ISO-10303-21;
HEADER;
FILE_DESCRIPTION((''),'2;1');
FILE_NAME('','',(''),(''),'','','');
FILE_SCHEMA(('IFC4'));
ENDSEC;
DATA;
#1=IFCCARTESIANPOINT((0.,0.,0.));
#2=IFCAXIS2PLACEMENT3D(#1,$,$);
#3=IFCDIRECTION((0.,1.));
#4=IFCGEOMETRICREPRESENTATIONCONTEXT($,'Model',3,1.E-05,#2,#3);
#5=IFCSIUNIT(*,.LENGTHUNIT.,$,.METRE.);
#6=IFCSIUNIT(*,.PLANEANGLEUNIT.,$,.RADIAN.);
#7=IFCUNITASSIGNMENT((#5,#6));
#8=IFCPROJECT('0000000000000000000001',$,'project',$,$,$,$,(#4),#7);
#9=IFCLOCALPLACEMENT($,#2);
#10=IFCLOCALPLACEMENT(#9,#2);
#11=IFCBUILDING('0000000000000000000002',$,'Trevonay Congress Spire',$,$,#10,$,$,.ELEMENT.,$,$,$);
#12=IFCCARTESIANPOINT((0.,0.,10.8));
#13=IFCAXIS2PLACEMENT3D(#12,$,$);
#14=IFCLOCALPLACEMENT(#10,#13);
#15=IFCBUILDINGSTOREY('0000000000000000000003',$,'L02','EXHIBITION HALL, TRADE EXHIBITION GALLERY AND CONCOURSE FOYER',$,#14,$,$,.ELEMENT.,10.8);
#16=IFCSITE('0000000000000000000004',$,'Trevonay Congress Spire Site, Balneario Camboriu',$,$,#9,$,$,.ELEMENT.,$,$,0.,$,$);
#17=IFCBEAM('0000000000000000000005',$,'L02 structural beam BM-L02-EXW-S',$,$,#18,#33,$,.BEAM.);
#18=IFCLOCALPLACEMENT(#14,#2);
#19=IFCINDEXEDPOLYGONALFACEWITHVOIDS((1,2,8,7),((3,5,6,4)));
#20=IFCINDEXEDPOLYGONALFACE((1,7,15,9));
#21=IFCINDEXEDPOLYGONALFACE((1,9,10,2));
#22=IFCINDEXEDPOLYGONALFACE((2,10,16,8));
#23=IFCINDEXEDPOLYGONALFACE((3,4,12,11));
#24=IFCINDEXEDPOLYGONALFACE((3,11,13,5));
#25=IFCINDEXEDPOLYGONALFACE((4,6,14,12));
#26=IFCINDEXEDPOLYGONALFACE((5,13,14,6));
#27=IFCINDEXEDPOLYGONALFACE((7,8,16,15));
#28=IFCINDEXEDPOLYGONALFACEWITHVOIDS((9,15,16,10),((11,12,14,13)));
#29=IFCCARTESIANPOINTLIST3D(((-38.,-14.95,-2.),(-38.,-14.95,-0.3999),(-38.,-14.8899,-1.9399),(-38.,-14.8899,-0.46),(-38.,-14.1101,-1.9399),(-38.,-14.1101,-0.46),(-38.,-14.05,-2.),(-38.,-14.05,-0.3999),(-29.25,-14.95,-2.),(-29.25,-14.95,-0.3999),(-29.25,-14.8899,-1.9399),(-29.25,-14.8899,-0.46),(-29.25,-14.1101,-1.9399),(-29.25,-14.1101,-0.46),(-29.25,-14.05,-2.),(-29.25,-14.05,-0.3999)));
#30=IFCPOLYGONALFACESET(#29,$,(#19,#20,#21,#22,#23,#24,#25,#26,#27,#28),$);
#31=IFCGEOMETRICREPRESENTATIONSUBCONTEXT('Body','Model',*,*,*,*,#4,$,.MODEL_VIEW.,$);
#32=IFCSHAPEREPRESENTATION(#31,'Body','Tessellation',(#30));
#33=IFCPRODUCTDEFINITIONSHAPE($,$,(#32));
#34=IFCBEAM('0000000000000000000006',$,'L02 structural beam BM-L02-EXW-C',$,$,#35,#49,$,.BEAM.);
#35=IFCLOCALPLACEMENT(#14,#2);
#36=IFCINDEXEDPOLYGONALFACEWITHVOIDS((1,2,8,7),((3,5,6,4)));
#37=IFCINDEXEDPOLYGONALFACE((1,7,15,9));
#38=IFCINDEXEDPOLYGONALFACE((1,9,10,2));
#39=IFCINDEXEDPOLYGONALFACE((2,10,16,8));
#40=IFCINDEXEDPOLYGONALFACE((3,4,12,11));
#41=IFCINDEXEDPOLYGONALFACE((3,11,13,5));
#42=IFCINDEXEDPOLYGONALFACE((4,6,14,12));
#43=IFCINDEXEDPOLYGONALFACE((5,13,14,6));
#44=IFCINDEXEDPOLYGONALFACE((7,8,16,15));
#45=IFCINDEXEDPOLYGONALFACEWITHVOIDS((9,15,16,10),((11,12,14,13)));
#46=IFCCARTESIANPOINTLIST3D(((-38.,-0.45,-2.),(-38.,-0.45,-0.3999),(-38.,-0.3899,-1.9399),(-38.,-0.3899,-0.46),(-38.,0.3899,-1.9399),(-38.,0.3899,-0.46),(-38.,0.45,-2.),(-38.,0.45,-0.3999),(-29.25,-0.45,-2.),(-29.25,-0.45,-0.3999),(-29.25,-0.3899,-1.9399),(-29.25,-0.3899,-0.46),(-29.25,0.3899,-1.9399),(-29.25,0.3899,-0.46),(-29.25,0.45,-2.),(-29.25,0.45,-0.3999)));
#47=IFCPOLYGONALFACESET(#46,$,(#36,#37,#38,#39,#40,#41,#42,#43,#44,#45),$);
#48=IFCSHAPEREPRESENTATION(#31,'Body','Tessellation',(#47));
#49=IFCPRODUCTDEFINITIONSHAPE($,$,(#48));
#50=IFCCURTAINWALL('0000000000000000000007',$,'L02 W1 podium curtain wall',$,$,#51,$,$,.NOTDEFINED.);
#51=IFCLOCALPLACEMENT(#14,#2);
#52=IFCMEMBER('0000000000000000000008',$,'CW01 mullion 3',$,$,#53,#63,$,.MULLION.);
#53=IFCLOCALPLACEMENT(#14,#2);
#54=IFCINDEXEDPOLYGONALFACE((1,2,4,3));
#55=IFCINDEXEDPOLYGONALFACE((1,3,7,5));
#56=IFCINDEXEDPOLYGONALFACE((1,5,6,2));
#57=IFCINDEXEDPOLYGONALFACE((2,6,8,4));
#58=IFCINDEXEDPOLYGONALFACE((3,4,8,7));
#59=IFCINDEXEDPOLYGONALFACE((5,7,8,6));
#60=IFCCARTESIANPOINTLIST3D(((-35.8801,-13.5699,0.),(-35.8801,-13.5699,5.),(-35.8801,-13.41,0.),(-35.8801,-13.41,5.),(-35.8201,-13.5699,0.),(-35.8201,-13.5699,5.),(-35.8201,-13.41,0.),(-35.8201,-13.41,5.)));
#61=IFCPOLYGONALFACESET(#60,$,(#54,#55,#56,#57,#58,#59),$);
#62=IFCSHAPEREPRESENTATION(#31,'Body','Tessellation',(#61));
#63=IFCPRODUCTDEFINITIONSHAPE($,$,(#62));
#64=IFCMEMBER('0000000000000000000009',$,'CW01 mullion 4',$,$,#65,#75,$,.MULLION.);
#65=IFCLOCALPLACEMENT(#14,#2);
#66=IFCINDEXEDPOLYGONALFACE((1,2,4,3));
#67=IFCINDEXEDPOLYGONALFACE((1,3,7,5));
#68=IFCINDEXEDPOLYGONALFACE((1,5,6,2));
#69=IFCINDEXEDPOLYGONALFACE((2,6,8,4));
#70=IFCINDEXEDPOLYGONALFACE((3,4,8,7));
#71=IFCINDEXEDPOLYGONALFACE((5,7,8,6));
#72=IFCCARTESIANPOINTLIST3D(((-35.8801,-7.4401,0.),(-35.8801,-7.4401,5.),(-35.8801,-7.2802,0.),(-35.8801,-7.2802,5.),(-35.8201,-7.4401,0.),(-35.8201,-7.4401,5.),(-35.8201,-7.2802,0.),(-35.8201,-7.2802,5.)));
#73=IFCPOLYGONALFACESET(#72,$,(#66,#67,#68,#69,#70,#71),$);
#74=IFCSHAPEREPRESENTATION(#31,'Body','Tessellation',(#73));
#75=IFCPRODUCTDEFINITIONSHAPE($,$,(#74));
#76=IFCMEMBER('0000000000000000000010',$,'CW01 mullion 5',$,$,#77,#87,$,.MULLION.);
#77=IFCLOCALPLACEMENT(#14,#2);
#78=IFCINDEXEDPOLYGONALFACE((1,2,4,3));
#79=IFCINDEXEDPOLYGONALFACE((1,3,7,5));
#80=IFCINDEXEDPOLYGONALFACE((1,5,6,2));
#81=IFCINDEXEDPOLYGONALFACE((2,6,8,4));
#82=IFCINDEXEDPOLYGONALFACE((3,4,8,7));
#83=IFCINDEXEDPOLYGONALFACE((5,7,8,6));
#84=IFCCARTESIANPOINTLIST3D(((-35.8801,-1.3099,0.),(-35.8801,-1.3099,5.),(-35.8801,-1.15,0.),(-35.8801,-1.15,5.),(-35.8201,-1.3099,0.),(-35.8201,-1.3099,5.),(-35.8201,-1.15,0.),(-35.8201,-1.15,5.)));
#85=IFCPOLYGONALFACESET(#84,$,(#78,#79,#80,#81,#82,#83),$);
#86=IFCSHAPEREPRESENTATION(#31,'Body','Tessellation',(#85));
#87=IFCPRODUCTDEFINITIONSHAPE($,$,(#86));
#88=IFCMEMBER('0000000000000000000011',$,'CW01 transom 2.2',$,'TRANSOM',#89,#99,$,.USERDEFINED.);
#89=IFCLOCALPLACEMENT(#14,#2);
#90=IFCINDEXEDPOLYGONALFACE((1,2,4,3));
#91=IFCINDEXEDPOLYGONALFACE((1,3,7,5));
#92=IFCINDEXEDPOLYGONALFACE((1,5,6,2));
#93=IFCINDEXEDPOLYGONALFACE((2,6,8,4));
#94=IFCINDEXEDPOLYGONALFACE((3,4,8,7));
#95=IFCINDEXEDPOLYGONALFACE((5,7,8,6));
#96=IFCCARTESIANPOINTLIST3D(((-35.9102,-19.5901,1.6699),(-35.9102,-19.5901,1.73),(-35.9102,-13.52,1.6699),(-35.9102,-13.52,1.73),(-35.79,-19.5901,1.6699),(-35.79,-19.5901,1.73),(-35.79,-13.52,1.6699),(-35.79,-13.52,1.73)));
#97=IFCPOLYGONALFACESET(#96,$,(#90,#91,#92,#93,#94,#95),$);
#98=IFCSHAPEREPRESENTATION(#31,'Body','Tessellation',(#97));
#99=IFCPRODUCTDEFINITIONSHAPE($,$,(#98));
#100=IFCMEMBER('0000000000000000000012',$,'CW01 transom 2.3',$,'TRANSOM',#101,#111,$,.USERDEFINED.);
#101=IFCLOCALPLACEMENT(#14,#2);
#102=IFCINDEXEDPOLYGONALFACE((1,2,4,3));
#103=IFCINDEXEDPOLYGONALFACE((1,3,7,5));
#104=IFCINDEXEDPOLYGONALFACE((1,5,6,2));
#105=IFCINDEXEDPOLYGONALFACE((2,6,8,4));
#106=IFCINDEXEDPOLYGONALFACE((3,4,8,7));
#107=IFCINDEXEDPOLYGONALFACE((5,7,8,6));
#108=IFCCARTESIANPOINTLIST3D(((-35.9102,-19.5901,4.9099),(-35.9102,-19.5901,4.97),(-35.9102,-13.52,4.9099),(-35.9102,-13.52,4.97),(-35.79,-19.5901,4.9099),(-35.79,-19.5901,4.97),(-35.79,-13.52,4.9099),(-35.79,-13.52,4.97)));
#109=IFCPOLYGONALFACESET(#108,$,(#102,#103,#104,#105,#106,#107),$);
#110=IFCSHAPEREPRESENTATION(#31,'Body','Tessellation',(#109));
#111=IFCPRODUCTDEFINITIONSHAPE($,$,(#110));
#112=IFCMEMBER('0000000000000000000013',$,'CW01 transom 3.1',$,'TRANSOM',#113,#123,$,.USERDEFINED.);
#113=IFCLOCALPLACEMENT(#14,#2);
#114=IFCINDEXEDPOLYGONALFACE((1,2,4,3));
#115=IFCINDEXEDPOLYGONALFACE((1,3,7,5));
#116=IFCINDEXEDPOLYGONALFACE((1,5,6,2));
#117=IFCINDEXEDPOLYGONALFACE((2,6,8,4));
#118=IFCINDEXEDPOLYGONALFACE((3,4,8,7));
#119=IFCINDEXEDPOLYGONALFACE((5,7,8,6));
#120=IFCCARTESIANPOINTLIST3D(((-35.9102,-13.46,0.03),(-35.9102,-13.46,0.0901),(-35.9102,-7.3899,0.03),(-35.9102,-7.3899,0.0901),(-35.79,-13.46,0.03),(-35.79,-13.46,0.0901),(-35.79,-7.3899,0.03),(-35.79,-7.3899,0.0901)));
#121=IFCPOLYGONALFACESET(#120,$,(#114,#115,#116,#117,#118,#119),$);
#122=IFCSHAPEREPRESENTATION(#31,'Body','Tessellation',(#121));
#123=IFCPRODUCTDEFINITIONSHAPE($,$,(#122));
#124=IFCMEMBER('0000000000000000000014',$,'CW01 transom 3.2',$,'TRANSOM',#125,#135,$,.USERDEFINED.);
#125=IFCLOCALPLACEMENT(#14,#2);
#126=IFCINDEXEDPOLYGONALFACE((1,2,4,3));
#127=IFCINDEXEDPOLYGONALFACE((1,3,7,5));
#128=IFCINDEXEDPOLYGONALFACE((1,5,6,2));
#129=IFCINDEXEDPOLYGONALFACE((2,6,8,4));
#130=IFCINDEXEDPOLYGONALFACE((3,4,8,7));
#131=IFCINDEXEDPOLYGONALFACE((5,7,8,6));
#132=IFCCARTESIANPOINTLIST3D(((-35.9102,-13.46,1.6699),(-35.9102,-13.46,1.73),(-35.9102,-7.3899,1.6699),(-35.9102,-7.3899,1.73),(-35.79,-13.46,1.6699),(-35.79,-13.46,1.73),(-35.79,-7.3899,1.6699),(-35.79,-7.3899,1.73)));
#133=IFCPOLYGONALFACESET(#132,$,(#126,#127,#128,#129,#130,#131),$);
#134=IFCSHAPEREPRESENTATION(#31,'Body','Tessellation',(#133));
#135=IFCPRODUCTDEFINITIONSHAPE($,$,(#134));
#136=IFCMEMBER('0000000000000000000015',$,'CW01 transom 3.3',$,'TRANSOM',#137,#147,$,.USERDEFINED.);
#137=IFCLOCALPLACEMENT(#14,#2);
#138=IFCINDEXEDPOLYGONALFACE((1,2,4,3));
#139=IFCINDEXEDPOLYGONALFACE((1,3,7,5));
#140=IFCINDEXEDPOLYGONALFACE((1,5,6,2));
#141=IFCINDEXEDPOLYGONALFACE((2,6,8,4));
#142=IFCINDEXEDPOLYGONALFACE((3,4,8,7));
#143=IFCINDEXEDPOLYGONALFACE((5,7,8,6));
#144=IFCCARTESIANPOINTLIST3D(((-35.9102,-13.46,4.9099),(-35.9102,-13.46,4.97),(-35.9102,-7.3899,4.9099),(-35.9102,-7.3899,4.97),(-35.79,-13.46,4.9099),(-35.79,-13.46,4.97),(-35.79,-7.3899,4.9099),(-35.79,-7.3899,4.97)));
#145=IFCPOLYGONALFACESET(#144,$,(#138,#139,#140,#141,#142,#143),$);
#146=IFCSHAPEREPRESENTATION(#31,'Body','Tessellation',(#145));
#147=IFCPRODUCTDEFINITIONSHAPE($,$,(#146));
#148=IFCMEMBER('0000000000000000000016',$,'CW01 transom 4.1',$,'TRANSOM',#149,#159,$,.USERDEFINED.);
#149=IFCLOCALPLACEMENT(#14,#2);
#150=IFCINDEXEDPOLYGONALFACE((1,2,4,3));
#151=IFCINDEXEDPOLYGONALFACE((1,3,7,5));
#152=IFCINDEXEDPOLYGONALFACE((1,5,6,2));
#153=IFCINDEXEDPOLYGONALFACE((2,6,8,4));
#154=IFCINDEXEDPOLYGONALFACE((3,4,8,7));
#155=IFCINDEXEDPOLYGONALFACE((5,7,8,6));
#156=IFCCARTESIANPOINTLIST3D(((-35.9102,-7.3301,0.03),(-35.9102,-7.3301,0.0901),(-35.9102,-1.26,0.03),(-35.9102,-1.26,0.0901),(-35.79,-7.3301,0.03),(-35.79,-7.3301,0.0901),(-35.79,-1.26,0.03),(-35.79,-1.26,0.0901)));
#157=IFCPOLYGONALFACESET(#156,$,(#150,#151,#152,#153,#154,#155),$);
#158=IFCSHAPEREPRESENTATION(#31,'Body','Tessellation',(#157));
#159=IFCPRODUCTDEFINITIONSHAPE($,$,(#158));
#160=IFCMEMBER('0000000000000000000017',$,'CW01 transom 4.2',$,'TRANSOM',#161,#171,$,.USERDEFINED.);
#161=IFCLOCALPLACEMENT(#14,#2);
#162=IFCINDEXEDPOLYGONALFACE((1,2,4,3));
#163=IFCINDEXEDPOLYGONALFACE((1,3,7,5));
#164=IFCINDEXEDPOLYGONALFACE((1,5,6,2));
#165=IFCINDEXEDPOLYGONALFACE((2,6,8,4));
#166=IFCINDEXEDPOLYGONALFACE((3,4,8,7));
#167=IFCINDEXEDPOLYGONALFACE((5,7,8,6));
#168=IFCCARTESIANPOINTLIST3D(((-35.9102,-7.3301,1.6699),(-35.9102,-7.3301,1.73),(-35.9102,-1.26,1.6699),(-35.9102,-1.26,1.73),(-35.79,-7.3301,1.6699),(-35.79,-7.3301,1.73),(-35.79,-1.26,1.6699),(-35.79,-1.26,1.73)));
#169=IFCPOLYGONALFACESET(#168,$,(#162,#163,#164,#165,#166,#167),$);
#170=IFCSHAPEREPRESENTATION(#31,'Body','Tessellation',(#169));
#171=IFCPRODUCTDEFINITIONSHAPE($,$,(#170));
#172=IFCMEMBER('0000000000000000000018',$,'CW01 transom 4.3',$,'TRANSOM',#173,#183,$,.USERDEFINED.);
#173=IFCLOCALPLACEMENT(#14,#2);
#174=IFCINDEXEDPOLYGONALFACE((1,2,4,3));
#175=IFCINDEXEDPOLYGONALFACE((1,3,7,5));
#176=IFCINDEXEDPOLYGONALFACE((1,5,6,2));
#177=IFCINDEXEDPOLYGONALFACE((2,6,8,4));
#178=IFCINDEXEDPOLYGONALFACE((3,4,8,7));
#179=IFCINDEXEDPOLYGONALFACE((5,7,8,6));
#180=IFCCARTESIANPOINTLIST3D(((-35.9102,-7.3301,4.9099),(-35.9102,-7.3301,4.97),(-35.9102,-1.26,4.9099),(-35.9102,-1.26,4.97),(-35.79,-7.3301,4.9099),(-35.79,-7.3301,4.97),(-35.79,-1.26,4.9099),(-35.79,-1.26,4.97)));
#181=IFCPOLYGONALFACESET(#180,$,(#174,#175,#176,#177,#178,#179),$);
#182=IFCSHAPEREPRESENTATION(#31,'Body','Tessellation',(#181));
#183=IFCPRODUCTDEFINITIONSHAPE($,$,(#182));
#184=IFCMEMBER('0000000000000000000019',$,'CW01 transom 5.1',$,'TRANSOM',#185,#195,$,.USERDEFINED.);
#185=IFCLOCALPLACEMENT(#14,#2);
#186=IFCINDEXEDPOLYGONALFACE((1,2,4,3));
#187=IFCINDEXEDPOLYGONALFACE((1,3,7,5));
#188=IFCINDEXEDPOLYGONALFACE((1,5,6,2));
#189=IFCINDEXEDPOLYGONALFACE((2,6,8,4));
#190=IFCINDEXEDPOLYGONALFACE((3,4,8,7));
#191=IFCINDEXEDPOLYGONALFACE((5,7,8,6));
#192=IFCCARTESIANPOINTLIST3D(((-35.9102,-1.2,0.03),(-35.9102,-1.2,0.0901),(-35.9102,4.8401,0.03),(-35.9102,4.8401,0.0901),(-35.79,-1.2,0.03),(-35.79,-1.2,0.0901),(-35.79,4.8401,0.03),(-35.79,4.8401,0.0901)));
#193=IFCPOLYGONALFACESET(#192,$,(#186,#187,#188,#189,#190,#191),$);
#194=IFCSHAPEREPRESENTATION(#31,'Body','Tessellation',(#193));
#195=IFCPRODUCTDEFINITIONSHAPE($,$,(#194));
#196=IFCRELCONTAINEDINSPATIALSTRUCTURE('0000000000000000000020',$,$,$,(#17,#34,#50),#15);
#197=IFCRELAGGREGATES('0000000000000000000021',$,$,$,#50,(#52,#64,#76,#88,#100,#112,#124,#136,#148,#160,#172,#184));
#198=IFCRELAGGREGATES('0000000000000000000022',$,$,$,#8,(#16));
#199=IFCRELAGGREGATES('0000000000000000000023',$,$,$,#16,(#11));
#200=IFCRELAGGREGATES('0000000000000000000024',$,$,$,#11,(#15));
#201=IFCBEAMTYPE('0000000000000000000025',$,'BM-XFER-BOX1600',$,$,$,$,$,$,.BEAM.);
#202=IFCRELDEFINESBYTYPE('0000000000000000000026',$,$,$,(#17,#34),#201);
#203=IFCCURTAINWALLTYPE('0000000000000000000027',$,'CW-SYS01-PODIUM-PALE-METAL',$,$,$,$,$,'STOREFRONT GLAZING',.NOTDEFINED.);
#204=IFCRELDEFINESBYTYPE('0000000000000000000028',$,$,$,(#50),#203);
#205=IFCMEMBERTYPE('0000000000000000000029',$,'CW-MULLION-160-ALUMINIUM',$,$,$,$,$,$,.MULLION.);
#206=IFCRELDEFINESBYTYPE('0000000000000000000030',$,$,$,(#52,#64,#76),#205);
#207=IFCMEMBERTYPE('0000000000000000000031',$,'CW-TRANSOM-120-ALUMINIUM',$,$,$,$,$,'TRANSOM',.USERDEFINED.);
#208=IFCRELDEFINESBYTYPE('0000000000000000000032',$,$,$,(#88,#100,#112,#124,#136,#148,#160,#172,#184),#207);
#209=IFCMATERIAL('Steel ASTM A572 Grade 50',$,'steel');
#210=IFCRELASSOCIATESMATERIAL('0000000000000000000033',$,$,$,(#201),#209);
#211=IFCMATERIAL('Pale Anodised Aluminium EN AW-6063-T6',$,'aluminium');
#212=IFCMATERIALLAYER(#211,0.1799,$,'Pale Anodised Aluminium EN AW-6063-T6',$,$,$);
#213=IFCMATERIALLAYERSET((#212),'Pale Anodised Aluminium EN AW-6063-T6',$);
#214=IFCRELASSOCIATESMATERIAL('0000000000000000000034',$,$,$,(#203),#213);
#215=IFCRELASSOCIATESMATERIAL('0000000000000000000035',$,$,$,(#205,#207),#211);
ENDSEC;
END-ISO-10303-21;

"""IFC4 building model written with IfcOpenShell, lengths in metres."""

from ifc_helpers import new_model, si_unit, direction, frame, origin, origin_2d, place, context, subcontext, project, spatial, rectangle, hollow_rectangle, extrude, material, layer, layer_set, material_profile, profile_set, type_object, element, aggregate, save


model = new_model("IFC4")

# Units and contexts
model_context = context("Model", 3, precision=1e-05, world=origin(), true_north=direction((0.0, 1.0)))
body_context = subcontext(model_context, "Body", "Model", "MODEL_VIEW")
ifc_project = project(units=[si_unit("LENGTHUNIT", "METRE"), si_unit("PLANEANGLEUNIT", "RADIAN")], contexts=[model_context])

# Site, building, storey
site_placement = place(None, origin())
site = spatial("IfcSite", under=ifc_project, at=site_placement, Name="Trevonay Congress Spire Site, Balneario Camboriu", CompositionType="ELEMENT", RefElevation=0.0)
building_placement = place(site_placement, origin())
building = spatial("IfcBuilding", under=site, at=building_placement, Name="Trevonay Congress Spire", CompositionType="ELEMENT")
storey_placement = place(building_placement, frame((0.0, 0.0, 10.8)))
storey = spatial("IfcBuildingStorey", under=building, at=storey_placement, Name="L02", Description="EXHIBITION HALL, TRADE EXHIBITION GALLERY AND CONCOURSE FOYER", CompositionType="ELEMENT", Elevation=10.8)

# Shared definitions
ifc_material_1 = material(Name="Steel ASTM A572 Grade 50", Category="steel")

# Beams
ifc_material_profile_1 = material_profile(ifc_material_1, hollow_rectangle(XDim=0.8999, YDim=1.6001, WallThickness=0.0601, at=origin_2d()), Name="BOX 1600x900x60")
ifc_profile_set_1 = profile_set([ifc_material_profile_1], Name="Steel ASTM A572 Grade 50")
beam_type_1 = type_object("IfcBeamType", Name="BM-XFER-BOX1600", PredefinedType="BEAM", material=ifc_profile_set_1)
for number, where, z_axis, x_axis, name in (
    (1, (-29.25, -14.5, -1.2), (-1.0, 0.0, 0.0), (0.0, -1.0, 0.0), "L02 structural beam BM-L02-EXW-S"),
    (2, (-29.25, 0.0, -1.2), (-1.0, 0.0, 0.0), (0.0, -1.0, 0.0), "L02 structural beam BM-L02-EXW-C"),
):
    element("IfcBeam", number, at=place(storey_placement, frame(where, z_axis=z_axis, x_axis=x_axis)), inside=storey, type_object=beam_type_1, Name=name, PredefinedType="BEAM", context=body_context, shape_type="SweptSolid", body=[
        extrude(hollow_rectangle(XDim=0.8999, YDim=1.6001, WallThickness=0.0601, at=origin_2d()), origin(), (0.0, 0.0, 1.0), 8.75),
    ])

# Curtain wall, members
ifc_material_2 = material(Name="Pale Anodised Aluminium EN AW-6063-T6", Category="aluminium")
ifc_layer_1 = layer(ifc_material_2, 0.1799, Name="Pale Anodised Aluminium EN AW-6063-T6")
ifc_layer_set_1 = layer_set([ifc_layer_1], Name="Pale Anodised Aluminium EN AW-6063-T6")
curtain_wall_type = type_object("IfcCurtainWallType", Name="CW-SYS01-PODIUM-PALE-METAL", ElementType="STOREFRONT GLAZING", PredefinedType="NOTDEFINED", material=ifc_layer_set_1)
curtain_wall_placement = place(storey_placement, origin())
curtain_wall = element("IfcCurtainWall", 3, at=curtain_wall_placement, inside=storey, type_object=curtain_wall_type, Name="L02 W1 podium curtain wall", PredefinedType="NOTDEFINED")
ifc_material_profile_2 = material_profile(ifc_material_2, rectangle(XDim=0.0601, YDim=0.1599, at=origin_2d()), Name="CW-MULLION-160-ALUMINIUM")
ifc_profile_set_2 = profile_set([ifc_material_profile_2], Name="Pale Anodised Aluminium EN AW-6063-T6")
member_type_1 = type_object("IfcMemberType", Name="CW-MULLION-160-ALUMINIUM", PredefinedType="MULLION", material=ifc_profile_set_2)
member_1_placement = place(storey_placement, frame((-35.8501, -13.49, 0.0), z_axis=(0.0, 0.0, 1.0), x_axis=(-1.0, 0.0, 0.0)))
member_1 = element("IfcMember", 4, at=member_1_placement, type_object=member_type_1, Name="CW01 mullion 3", PredefinedType="MULLION", context=body_context, shape_type="SweptSolid", body=[
    extrude(rectangle(XDim=0.0601, YDim=0.1599, at=origin_2d()), origin(), (0.0, 0.0, 1.0), 5.0),
])
member_2_placement = place(storey_placement, frame((-35.8501, -7.3601, 0.0), z_axis=(0.0, 0.0, 1.0), x_axis=(-1.0, 0.0, 0.0)))
member_2 = element("IfcMember", 5, at=member_2_placement, type_object=member_type_1, Name="CW01 mullion 4", PredefinedType="MULLION", context=body_context, shape_type="SweptSolid", body=[
    extrude(rectangle(XDim=0.0601, YDim=0.1599, at=origin_2d()), origin(), (0.0, 0.0, 1.0), 5.0),
])
member_3_placement = place(storey_placement, frame((-35.8501, -1.23, 0.0), z_axis=(0.0, 0.0, 1.0), x_axis=(-1.0, 0.0, 0.0)))
member_3 = element("IfcMember", 6, at=member_3_placement, type_object=member_type_1, Name="CW01 mullion 5", PredefinedType="MULLION", context=body_context, shape_type="SweptSolid", body=[
    extrude(rectangle(XDim=0.0601, YDim=0.1599, at=origin_2d()), origin(), (0.0, 0.0, 1.0), 5.0),
])
ifc_material_profile_3 = material_profile(ifc_material_2, rectangle(XDim=0.1201, YDim=0.0601, at=origin_2d()), Name="CW-TRANSOM-120-ALUMINIUM")
ifc_profile_set_3 = profile_set([ifc_material_profile_3], Name="Pale Anodised Aluminium EN AW-6063-T6")
member_type_2 = type_object("IfcMemberType", Name="CW-TRANSOM-120-ALUMINIUM", ElementType="TRANSOM", PredefinedType="USERDEFINED", material=ifc_profile_set_3)
member_4_placement = place(storey_placement, frame((-35.8501, -19.5901, 1.7), z_axis=(0.0, 1.0, 0.0), x_axis=(-1.0, 0.0, 0.0)))
member_4 = element("IfcMember", 7, at=member_4_placement, type_object=member_type_2, Name="CW01 transom 2.2", ObjectType="TRANSOM", PredefinedType="USERDEFINED", context=body_context, shape_type="SweptSolid", body=[
    extrude(rectangle(XDim=0.1201, YDim=0.0601, at=origin_2d()), origin(), (0.0, 0.0, 1.0), 6.0701),
])
member_5_placement = place(storey_placement, frame((-35.8501, -19.5901, 4.9399), z_axis=(0.0, 1.0, 0.0), x_axis=(-1.0, 0.0, 0.0)))
member_5 = element("IfcMember", 8, at=member_5_placement, type_object=member_type_2, Name="CW01 transom 2.3", ObjectType="TRANSOM", PredefinedType="USERDEFINED", context=body_context, shape_type="SweptSolid", body=[
    extrude(rectangle(XDim=0.1201, YDim=0.0601, at=origin_2d()), origin(), (0.0, 0.0, 1.0), 6.0701),
])
member_6_placement = place(storey_placement, frame((-35.8501, -13.46, 0.0601), z_axis=(0.0, 1.0, 0.0), x_axis=(-1.0, 0.0, 0.0)))
member_6 = element("IfcMember", 9, at=member_6_placement, type_object=member_type_2, Name="CW01 transom 3.1", ObjectType="TRANSOM", PredefinedType="USERDEFINED", context=body_context, shape_type="SweptSolid", body=[
    extrude(rectangle(XDim=0.1201, YDim=0.0601, at=origin_2d()), origin(), (0.0, 0.0, 1.0), 6.0701),
])
member_7_placement = place(storey_placement, frame((-35.8501, -13.46, 1.7), z_axis=(0.0, 1.0, 0.0), x_axis=(-1.0, 0.0, 0.0)))
member_7 = element("IfcMember", 10, at=member_7_placement, type_object=member_type_2, Name="CW01 transom 3.2", ObjectType="TRANSOM", PredefinedType="USERDEFINED", context=body_context, shape_type="SweptSolid", body=[
    extrude(rectangle(XDim=0.1201, YDim=0.0601, at=origin_2d()), origin(), (0.0, 0.0, 1.0), 6.0701),
])
member_8_placement = place(storey_placement, frame((-35.8501, -13.46, 4.9399), z_axis=(0.0, 1.0, 0.0), x_axis=(-1.0, 0.0, 0.0)))
member_8 = element("IfcMember", 11, at=member_8_placement, type_object=member_type_2, Name="CW01 transom 3.3", ObjectType="TRANSOM", PredefinedType="USERDEFINED", context=body_context, shape_type="SweptSolid", body=[
    extrude(rectangle(XDim=0.1201, YDim=0.0601, at=origin_2d()), origin(), (0.0, 0.0, 1.0), 6.0701),
])
member_9_placement = place(storey_placement, frame((-35.8501, -7.3301, 0.0601), z_axis=(0.0, 1.0, 0.0), x_axis=(-1.0, 0.0, 0.0)))
member_9 = element("IfcMember", 12, at=member_9_placement, type_object=member_type_2, Name="CW01 transom 4.1", ObjectType="TRANSOM", PredefinedType="USERDEFINED", context=body_context, shape_type="SweptSolid", body=[
    extrude(rectangle(XDim=0.1201, YDim=0.0601, at=origin_2d()), origin(), (0.0, 0.0, 1.0), 6.0701),
])
member_10_placement = place(storey_placement, frame((-35.8501, -7.3301, 1.7), z_axis=(0.0, 1.0, 0.0), x_axis=(-1.0, 0.0, 0.0)))
member_10 = element("IfcMember", 13, at=member_10_placement, type_object=member_type_2, Name="CW01 transom 4.2", ObjectType="TRANSOM", PredefinedType="USERDEFINED", context=body_context, shape_type="SweptSolid", body=[
    extrude(rectangle(XDim=0.1201, YDim=0.0601, at=origin_2d()), origin(), (0.0, 0.0, 1.0), 6.0701),
])
member_11_placement = place(storey_placement, frame((-35.8501, -7.3301, 4.9399), z_axis=(0.0, 1.0, 0.0), x_axis=(-1.0, 0.0, 0.0)))
member_11 = element("IfcMember", 14, at=member_11_placement, type_object=member_type_2, Name="CW01 transom 4.3", ObjectType="TRANSOM", PredefinedType="USERDEFINED", context=body_context, shape_type="SweptSolid", body=[
    extrude(rectangle(XDim=0.1201, YDim=0.0601, at=origin_2d()), origin(), (0.0, 0.0, 1.0), 6.0701),
])
member_12_placement = place(storey_placement, frame((-35.8501, -1.2, 0.0601), z_axis=(0.0, 1.0, 0.0), x_axis=(-1.0, 0.0, 0.0)))
member_12 = element("IfcMember", 15, at=member_12_placement, type_object=member_type_2, Name="CW01 transom 5.1", ObjectType="TRANSOM", PredefinedType="USERDEFINED", context=body_context, shape_type="SweptSolid", body=[
    extrude(rectangle(XDim=0.1201, YDim=0.0601, at=origin_2d()), origin(), (0.0, 0.0, 1.0), 6.04),
])
aggregate(curtain_wall, [member_1, member_2, member_3, member_4, member_5, member_6, member_7, member_8, member_9, member_10, member_11, member_12])

save(model, "model.ifc")
